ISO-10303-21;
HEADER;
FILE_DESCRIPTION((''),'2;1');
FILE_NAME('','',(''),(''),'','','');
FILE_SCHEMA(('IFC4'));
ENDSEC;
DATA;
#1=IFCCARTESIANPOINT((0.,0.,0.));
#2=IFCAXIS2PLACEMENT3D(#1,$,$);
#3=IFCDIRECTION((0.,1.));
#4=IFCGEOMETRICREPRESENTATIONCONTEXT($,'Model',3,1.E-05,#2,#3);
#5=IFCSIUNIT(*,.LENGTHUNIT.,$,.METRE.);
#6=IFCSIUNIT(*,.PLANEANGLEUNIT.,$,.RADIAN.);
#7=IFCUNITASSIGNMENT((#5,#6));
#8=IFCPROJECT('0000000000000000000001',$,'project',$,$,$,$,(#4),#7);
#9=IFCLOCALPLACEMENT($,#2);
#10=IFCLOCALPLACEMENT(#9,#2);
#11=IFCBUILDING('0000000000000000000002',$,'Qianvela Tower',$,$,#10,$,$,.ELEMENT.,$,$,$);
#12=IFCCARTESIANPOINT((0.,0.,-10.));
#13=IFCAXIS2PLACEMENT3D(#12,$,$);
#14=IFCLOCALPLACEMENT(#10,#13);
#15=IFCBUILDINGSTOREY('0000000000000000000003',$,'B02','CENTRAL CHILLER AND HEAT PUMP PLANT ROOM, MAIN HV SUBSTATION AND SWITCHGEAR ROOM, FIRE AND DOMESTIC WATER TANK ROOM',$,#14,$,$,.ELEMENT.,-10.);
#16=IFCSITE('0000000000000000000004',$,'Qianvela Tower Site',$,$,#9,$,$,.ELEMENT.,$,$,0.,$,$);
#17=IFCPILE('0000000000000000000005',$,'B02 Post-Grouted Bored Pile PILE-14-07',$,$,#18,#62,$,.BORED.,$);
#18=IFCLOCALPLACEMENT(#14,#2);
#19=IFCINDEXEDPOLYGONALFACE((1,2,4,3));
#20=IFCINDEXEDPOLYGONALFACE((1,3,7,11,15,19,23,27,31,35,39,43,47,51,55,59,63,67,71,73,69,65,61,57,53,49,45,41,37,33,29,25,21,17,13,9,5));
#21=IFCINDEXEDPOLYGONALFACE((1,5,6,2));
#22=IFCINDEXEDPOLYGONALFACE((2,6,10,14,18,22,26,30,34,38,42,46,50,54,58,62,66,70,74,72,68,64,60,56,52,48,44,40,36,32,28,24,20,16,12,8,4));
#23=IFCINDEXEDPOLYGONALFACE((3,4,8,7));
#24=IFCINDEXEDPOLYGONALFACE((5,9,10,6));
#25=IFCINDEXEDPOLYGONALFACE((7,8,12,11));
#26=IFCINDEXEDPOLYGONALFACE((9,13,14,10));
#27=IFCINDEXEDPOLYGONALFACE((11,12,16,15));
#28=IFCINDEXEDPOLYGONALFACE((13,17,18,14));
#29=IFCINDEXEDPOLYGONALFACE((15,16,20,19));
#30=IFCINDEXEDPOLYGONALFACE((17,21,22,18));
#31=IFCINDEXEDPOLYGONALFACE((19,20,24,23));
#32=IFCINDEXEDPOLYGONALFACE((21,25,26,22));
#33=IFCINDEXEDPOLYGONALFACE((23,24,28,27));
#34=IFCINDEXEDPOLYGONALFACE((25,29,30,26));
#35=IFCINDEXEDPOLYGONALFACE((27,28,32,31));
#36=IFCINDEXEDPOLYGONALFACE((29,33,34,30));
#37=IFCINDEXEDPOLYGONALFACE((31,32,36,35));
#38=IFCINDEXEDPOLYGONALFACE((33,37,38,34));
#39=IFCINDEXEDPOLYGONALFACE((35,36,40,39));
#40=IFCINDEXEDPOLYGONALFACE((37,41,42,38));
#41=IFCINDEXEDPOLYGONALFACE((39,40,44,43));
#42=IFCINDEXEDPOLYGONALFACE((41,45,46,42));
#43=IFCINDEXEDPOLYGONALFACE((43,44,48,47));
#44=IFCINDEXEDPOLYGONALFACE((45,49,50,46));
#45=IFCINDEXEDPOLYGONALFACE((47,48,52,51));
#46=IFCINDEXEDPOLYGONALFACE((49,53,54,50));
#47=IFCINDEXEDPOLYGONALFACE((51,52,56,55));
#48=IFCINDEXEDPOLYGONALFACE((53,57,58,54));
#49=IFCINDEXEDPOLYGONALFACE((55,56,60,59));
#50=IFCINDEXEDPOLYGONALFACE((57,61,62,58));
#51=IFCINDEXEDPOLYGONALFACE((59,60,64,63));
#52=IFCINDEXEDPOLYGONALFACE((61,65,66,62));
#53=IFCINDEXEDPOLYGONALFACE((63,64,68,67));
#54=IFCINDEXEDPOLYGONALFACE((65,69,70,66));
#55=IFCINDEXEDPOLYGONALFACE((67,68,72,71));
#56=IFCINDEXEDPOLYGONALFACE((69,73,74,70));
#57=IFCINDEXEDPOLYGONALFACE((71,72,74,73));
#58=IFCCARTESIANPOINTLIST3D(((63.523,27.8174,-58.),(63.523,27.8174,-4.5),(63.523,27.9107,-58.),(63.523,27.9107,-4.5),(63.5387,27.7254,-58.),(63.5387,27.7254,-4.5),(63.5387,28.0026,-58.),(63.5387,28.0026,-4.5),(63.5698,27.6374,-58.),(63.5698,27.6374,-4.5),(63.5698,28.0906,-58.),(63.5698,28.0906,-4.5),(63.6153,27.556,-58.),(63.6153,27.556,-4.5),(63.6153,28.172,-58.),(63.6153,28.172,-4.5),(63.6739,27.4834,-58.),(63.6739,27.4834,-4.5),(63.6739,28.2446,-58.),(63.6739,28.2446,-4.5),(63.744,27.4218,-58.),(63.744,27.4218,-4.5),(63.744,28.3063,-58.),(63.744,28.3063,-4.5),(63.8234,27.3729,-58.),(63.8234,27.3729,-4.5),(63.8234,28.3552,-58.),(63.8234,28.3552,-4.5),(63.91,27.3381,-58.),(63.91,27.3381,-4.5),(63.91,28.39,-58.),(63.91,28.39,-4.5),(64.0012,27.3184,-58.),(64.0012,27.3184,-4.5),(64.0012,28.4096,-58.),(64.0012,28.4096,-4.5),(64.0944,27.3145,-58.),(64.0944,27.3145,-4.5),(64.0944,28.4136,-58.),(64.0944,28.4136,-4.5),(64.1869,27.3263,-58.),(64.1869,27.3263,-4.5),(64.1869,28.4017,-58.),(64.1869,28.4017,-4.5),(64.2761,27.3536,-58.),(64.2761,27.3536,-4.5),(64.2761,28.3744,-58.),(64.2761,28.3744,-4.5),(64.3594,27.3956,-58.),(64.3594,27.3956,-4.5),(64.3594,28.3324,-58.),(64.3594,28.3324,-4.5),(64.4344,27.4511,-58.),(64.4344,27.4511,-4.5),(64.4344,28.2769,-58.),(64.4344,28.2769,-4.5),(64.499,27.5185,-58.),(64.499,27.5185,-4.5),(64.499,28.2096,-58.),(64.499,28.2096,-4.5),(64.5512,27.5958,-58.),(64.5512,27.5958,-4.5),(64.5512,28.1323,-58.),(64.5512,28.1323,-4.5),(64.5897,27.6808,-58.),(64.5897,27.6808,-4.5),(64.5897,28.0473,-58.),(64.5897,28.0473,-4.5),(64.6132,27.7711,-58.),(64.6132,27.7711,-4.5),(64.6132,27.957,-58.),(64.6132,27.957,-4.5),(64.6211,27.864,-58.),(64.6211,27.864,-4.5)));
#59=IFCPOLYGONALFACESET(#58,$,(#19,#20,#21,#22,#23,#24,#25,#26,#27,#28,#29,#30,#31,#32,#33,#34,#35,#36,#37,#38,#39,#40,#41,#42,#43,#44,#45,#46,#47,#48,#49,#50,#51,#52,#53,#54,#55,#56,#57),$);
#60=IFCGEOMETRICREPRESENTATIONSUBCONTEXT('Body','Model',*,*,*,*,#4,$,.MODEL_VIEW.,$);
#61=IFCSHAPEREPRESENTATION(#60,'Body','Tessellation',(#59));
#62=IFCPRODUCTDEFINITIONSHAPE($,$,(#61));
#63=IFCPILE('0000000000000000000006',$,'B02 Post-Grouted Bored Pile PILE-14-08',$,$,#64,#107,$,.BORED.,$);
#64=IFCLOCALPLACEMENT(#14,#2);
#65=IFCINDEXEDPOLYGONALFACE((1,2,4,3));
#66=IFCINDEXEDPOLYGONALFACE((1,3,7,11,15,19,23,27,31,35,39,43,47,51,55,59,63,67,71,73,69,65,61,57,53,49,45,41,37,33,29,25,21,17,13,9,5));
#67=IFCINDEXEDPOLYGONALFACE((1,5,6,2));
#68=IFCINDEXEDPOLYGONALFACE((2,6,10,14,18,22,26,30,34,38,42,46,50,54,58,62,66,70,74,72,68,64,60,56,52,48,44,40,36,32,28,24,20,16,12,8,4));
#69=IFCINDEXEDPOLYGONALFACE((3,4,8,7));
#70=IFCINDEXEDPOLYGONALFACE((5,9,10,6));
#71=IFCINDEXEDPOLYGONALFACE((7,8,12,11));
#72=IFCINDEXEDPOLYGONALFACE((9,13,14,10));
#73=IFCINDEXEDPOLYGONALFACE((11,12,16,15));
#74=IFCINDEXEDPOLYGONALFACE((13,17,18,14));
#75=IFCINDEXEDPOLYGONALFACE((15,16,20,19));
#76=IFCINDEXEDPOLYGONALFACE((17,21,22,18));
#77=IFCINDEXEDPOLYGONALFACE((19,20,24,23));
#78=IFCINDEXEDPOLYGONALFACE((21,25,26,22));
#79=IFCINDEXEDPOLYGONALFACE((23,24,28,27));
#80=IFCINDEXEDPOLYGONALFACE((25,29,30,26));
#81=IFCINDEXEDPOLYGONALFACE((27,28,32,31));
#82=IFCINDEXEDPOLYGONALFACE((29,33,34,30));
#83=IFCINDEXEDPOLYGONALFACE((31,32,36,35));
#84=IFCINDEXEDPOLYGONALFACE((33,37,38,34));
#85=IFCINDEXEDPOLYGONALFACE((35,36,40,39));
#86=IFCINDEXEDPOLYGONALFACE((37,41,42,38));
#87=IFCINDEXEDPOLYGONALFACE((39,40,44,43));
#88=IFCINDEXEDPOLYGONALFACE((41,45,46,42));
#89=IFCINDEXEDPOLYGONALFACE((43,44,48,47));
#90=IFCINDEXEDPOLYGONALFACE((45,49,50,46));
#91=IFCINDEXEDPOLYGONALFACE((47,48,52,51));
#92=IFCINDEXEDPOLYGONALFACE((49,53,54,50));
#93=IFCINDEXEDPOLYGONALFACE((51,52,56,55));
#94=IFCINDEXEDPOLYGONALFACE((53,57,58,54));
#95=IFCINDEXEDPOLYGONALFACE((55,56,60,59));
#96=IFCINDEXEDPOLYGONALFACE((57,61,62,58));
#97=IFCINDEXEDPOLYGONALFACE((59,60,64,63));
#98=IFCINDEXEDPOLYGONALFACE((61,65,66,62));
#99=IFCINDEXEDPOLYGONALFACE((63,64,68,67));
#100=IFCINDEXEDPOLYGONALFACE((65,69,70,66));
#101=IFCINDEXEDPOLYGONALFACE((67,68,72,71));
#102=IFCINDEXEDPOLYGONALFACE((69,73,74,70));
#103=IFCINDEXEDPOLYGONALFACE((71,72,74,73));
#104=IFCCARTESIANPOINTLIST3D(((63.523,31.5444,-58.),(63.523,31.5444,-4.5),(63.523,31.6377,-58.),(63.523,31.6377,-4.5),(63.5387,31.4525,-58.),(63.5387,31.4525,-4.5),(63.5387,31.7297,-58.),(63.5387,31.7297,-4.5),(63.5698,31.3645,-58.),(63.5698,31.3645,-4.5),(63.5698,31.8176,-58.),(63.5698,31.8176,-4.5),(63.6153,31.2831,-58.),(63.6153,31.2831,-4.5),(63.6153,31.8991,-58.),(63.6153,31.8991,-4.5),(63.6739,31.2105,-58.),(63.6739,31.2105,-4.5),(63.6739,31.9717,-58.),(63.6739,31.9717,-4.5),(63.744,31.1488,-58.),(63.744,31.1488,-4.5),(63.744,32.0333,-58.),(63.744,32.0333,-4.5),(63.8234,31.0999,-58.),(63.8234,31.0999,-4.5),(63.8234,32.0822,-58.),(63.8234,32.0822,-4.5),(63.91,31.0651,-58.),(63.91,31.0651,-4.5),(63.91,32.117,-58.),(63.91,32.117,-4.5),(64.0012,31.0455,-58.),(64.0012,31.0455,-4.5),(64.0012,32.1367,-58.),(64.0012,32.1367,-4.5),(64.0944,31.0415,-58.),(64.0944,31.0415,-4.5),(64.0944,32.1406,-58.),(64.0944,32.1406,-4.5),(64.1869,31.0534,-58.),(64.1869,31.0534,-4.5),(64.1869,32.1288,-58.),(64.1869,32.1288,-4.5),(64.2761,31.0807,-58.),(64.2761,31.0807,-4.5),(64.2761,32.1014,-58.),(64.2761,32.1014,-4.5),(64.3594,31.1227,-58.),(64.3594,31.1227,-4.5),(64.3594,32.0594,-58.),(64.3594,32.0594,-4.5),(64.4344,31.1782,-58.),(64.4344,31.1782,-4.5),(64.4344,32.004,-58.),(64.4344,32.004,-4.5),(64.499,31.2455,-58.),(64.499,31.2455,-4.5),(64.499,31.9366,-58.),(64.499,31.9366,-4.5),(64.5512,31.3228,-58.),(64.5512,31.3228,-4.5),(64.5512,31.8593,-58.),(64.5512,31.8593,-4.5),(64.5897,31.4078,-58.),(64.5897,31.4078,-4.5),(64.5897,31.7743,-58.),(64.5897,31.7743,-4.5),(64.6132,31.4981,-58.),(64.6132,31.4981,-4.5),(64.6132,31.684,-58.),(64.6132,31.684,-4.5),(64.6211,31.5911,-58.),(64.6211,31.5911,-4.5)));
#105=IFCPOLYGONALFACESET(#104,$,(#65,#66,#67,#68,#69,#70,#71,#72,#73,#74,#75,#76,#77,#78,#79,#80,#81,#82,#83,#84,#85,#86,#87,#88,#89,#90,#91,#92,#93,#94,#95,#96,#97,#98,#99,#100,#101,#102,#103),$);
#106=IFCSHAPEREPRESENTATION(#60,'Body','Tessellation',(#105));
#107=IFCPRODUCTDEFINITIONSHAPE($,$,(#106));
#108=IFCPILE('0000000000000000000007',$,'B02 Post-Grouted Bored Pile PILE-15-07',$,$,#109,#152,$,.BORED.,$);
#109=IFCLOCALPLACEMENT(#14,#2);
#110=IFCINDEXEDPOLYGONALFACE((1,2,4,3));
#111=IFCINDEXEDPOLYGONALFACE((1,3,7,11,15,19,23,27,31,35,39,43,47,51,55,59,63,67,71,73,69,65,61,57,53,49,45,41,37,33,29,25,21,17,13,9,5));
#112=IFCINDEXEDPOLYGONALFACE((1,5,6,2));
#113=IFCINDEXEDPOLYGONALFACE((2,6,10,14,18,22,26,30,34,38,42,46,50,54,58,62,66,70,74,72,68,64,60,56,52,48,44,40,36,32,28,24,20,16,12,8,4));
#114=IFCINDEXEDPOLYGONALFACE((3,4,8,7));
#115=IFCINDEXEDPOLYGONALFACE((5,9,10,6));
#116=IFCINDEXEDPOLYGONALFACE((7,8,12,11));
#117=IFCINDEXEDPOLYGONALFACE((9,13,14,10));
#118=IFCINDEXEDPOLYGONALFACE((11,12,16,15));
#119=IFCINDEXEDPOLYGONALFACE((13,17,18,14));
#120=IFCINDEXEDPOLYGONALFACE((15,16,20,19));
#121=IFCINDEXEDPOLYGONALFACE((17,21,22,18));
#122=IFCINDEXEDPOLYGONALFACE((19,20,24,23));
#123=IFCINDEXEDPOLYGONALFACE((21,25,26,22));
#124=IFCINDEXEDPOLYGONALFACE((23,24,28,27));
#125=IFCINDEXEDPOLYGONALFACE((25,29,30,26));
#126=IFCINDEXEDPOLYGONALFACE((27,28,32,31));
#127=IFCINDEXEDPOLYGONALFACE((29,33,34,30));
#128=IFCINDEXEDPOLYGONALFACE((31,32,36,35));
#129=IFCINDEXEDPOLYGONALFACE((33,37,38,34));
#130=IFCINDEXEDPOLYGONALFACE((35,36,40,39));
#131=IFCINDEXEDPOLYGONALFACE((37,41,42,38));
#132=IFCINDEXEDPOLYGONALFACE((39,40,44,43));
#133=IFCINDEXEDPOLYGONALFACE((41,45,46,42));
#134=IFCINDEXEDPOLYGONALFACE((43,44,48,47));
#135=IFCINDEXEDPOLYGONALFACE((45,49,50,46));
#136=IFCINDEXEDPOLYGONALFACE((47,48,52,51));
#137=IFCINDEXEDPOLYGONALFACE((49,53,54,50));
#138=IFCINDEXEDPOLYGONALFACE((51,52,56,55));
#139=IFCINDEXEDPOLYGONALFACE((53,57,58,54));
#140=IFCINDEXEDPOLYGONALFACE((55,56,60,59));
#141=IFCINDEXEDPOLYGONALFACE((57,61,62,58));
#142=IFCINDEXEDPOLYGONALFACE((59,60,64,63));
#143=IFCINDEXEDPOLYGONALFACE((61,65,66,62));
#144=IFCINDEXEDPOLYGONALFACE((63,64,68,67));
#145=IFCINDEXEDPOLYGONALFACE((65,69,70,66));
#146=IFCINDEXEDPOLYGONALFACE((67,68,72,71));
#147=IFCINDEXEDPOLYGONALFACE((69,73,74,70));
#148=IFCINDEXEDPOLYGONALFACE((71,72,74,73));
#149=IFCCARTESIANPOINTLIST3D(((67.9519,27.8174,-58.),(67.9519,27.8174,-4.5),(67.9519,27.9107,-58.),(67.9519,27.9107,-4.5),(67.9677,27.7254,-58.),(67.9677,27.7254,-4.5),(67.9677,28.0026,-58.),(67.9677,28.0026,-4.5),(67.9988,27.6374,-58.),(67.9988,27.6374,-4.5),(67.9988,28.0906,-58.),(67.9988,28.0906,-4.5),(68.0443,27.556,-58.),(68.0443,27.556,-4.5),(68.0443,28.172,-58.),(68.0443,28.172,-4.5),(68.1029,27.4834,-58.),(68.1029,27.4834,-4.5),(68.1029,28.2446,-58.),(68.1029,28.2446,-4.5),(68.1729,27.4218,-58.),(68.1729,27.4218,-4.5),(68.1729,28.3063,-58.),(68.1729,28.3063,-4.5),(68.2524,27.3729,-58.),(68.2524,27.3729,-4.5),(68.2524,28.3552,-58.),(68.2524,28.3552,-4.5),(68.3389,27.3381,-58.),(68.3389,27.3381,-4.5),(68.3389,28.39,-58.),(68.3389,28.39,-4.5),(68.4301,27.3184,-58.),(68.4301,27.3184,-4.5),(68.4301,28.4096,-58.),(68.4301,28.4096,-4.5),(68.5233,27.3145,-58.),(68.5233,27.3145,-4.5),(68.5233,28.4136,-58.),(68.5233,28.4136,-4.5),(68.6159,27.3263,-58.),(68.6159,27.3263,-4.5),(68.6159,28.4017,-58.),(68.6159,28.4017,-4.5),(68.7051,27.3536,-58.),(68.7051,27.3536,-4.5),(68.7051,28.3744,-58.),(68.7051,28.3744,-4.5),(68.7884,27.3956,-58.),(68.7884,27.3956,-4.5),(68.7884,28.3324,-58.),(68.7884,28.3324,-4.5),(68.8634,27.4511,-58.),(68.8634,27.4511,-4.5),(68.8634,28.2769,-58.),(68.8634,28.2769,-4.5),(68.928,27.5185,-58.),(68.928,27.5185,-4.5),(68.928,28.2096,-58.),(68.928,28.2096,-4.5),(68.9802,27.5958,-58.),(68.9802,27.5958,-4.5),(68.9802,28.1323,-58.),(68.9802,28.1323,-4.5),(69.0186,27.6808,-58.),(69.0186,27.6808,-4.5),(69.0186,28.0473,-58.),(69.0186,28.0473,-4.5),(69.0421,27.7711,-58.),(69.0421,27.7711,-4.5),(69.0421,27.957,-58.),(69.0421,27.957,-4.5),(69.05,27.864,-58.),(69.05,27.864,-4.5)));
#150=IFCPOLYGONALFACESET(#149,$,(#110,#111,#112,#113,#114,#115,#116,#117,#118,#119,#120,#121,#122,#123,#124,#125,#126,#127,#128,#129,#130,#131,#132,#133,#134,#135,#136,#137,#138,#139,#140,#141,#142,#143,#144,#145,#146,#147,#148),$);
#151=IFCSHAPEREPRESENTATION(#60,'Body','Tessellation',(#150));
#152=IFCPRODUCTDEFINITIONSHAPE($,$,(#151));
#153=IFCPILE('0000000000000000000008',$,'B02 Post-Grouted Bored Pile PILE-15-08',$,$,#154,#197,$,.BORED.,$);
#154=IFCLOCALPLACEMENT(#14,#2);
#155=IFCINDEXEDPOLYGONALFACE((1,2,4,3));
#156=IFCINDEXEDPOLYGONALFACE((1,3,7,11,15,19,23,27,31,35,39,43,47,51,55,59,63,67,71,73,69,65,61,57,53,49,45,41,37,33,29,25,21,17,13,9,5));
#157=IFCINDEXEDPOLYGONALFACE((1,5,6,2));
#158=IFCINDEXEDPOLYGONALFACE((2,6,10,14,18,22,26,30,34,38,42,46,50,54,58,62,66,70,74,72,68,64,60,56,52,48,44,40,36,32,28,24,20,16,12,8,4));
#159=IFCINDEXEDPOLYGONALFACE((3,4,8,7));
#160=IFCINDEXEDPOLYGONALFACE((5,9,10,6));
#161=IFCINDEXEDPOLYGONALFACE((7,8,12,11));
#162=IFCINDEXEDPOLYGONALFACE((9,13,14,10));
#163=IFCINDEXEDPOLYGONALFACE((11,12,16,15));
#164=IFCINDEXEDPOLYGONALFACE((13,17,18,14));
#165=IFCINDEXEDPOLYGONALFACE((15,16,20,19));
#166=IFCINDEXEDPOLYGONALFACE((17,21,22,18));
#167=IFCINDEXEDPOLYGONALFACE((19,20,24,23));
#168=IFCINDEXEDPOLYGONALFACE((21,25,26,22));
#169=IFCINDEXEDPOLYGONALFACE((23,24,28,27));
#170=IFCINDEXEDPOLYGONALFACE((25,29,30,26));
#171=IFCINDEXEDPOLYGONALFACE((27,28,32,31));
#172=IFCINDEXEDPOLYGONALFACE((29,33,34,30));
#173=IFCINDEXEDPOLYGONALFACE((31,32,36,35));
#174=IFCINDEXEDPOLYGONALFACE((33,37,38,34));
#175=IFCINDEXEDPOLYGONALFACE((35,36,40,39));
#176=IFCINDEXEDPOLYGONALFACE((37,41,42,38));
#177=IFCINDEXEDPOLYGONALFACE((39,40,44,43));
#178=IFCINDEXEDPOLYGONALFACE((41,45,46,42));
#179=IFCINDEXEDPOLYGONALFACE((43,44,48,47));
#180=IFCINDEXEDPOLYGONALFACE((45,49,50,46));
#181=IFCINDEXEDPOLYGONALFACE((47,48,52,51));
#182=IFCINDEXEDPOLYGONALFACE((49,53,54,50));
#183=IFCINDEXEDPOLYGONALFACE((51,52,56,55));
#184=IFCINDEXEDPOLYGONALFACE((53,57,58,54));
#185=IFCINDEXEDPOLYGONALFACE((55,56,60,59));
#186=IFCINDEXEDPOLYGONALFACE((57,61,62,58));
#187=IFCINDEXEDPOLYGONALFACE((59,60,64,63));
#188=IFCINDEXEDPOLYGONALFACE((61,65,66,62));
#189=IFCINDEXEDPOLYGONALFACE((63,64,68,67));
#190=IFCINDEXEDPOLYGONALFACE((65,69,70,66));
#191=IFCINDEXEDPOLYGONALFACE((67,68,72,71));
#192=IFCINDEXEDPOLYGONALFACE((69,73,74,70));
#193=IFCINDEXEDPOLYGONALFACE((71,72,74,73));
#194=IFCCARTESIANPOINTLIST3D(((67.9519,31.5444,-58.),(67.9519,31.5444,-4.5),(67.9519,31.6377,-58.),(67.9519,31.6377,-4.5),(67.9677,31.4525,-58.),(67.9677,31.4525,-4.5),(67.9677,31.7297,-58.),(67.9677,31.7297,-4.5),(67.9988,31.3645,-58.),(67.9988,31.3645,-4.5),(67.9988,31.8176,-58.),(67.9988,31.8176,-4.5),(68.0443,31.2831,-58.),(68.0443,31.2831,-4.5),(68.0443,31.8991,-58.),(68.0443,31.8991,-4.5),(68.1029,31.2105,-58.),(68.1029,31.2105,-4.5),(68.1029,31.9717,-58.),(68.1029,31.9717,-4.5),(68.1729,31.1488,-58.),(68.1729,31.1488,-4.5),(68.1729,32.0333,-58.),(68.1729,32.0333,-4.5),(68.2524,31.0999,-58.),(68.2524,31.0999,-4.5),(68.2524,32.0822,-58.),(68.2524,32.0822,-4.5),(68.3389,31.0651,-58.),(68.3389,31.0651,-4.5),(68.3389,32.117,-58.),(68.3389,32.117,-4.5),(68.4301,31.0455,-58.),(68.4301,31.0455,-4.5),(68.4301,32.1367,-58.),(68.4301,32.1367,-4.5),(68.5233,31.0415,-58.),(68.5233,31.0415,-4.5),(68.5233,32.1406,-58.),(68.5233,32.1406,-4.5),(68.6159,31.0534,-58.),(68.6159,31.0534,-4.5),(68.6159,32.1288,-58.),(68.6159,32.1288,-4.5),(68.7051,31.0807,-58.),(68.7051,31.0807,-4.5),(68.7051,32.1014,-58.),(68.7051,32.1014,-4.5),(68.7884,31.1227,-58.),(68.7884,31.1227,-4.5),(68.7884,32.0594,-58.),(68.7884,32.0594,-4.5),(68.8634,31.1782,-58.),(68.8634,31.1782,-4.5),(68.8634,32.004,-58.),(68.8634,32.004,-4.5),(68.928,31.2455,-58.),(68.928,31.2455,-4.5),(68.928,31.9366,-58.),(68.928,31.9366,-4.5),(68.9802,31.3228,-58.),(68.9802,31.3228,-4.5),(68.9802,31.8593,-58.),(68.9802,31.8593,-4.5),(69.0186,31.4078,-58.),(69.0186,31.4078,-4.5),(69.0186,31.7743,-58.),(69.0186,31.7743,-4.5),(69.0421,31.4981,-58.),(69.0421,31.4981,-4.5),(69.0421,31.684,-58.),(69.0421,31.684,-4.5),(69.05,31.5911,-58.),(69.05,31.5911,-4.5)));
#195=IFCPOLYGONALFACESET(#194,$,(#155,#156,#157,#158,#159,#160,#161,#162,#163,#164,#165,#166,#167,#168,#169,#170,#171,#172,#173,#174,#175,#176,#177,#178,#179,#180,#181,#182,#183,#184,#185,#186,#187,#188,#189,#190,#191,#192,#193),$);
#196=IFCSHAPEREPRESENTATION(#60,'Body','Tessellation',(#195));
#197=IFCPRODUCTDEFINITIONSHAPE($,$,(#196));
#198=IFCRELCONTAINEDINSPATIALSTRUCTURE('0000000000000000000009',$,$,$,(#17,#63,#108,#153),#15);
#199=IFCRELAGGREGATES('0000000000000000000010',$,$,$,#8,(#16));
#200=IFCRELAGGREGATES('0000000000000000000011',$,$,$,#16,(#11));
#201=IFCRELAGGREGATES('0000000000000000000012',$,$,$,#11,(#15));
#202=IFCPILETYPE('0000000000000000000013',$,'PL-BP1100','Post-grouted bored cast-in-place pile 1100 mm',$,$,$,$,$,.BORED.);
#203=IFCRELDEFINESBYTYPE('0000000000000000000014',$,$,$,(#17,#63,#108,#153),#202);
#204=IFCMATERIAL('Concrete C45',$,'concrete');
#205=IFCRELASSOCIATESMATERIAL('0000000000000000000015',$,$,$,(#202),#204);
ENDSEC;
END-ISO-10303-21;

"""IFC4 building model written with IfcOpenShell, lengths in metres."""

from ifc_helpers import new_model, si_unit, direction, frame, origin, origin_2d, place, context, subcontext, project, spatial, circle, extrude, material, material_profile, profile_set, type_object, element, save


model = new_model("IFC4")

# Units and contexts
model_context = context("Model", 3, precision=1e-05, world=origin(), true_north=direction((0.0, 1.0)))
body_context = subcontext(model_context, "Body", "Model", "MODEL_VIEW")
ifc_project = project(units=[si_unit("LENGTHUNIT", "METRE"), si_unit("PLANEANGLEUNIT", "RADIAN")], contexts=[model_context])

# Site, building, storey
site_placement = place(None, origin())
site = spatial("IfcSite", under=ifc_project, at=site_placement, Name="Qianvela Tower Site", CompositionType="ELEMENT", RefElevation=0.0)
building_placement = place(site_placement, origin())
building = spatial("IfcBuilding", under=site, at=building_placement, Name="Qianvela Tower", CompositionType="ELEMENT")
storey_placement = place(building_placement, frame((0.0, 0.0, -10.0)))
storey = spatial("IfcBuildingStorey", under=building, at=storey_placement, Name="B02", Description="CENTRAL CHILLER AND HEAT PUMP PLANT ROOM, MAIN HV SUBSTATION AND SWITCHGEAR ROOM, FIRE AND DOMESTIC WATER TANK ROOM", CompositionType="ELEMENT", Elevation=-10.0)

# Piles
ifc_material_1 = material(Name="Concrete C45", Category="concrete")
ifc_material_profile_1 = material_profile(ifc_material_1, circle(Radius=0.55, at=origin_2d()), Name="BP-1100")
ifc_profile_set_1 = profile_set([ifc_material_profile_1], Name="Concrete C45")
pile_type_1 = type_object("IfcPileType", Name="PL-BP1100", Description="Post-grouted bored cast-in-place pile 1100 mm", PredefinedType="BORED", material=ifc_profile_set_1)
for number, where, z_axis, x_axis, name in (
    (1, (64.071, 27.864, -4.5), (0.0, 0.0, -1.0), (1.0, 0.0, 0.0), "B02 Post-Grouted Bored Pile PILE-14-07"),
    (2, (64.071, 31.5911, -4.5), (0.0, 0.0, -1.0), (1.0, 0.0, 0.0), "B02 Post-Grouted Bored Pile PILE-14-08"),
    (3, (68.5, 27.864, -4.5), (0.0, 0.0, -1.0), (1.0, 0.0, 0.0), "B02 Post-Grouted Bored Pile PILE-15-07"),
    (4, (68.5, 31.5911, -4.5), (0.0, 0.0, -1.0), (1.0, 0.0, 0.0), "B02 Post-Grouted Bored Pile PILE-15-08"),
):
    element("IfcPile", number, at=place(storey_placement, frame(where, z_axis=z_axis, x_axis=x_axis)), inside=storey, type_object=pile_type_1, Name=name, PredefinedType="BORED", context=body_context, shape_type="SweptSolid", body=[
        extrude(circle(Radius=0.55, at=origin_2d()), origin(), (0.0, 0.0, 1.0), 53.5),
    ])

save(model, "model.ifc")
